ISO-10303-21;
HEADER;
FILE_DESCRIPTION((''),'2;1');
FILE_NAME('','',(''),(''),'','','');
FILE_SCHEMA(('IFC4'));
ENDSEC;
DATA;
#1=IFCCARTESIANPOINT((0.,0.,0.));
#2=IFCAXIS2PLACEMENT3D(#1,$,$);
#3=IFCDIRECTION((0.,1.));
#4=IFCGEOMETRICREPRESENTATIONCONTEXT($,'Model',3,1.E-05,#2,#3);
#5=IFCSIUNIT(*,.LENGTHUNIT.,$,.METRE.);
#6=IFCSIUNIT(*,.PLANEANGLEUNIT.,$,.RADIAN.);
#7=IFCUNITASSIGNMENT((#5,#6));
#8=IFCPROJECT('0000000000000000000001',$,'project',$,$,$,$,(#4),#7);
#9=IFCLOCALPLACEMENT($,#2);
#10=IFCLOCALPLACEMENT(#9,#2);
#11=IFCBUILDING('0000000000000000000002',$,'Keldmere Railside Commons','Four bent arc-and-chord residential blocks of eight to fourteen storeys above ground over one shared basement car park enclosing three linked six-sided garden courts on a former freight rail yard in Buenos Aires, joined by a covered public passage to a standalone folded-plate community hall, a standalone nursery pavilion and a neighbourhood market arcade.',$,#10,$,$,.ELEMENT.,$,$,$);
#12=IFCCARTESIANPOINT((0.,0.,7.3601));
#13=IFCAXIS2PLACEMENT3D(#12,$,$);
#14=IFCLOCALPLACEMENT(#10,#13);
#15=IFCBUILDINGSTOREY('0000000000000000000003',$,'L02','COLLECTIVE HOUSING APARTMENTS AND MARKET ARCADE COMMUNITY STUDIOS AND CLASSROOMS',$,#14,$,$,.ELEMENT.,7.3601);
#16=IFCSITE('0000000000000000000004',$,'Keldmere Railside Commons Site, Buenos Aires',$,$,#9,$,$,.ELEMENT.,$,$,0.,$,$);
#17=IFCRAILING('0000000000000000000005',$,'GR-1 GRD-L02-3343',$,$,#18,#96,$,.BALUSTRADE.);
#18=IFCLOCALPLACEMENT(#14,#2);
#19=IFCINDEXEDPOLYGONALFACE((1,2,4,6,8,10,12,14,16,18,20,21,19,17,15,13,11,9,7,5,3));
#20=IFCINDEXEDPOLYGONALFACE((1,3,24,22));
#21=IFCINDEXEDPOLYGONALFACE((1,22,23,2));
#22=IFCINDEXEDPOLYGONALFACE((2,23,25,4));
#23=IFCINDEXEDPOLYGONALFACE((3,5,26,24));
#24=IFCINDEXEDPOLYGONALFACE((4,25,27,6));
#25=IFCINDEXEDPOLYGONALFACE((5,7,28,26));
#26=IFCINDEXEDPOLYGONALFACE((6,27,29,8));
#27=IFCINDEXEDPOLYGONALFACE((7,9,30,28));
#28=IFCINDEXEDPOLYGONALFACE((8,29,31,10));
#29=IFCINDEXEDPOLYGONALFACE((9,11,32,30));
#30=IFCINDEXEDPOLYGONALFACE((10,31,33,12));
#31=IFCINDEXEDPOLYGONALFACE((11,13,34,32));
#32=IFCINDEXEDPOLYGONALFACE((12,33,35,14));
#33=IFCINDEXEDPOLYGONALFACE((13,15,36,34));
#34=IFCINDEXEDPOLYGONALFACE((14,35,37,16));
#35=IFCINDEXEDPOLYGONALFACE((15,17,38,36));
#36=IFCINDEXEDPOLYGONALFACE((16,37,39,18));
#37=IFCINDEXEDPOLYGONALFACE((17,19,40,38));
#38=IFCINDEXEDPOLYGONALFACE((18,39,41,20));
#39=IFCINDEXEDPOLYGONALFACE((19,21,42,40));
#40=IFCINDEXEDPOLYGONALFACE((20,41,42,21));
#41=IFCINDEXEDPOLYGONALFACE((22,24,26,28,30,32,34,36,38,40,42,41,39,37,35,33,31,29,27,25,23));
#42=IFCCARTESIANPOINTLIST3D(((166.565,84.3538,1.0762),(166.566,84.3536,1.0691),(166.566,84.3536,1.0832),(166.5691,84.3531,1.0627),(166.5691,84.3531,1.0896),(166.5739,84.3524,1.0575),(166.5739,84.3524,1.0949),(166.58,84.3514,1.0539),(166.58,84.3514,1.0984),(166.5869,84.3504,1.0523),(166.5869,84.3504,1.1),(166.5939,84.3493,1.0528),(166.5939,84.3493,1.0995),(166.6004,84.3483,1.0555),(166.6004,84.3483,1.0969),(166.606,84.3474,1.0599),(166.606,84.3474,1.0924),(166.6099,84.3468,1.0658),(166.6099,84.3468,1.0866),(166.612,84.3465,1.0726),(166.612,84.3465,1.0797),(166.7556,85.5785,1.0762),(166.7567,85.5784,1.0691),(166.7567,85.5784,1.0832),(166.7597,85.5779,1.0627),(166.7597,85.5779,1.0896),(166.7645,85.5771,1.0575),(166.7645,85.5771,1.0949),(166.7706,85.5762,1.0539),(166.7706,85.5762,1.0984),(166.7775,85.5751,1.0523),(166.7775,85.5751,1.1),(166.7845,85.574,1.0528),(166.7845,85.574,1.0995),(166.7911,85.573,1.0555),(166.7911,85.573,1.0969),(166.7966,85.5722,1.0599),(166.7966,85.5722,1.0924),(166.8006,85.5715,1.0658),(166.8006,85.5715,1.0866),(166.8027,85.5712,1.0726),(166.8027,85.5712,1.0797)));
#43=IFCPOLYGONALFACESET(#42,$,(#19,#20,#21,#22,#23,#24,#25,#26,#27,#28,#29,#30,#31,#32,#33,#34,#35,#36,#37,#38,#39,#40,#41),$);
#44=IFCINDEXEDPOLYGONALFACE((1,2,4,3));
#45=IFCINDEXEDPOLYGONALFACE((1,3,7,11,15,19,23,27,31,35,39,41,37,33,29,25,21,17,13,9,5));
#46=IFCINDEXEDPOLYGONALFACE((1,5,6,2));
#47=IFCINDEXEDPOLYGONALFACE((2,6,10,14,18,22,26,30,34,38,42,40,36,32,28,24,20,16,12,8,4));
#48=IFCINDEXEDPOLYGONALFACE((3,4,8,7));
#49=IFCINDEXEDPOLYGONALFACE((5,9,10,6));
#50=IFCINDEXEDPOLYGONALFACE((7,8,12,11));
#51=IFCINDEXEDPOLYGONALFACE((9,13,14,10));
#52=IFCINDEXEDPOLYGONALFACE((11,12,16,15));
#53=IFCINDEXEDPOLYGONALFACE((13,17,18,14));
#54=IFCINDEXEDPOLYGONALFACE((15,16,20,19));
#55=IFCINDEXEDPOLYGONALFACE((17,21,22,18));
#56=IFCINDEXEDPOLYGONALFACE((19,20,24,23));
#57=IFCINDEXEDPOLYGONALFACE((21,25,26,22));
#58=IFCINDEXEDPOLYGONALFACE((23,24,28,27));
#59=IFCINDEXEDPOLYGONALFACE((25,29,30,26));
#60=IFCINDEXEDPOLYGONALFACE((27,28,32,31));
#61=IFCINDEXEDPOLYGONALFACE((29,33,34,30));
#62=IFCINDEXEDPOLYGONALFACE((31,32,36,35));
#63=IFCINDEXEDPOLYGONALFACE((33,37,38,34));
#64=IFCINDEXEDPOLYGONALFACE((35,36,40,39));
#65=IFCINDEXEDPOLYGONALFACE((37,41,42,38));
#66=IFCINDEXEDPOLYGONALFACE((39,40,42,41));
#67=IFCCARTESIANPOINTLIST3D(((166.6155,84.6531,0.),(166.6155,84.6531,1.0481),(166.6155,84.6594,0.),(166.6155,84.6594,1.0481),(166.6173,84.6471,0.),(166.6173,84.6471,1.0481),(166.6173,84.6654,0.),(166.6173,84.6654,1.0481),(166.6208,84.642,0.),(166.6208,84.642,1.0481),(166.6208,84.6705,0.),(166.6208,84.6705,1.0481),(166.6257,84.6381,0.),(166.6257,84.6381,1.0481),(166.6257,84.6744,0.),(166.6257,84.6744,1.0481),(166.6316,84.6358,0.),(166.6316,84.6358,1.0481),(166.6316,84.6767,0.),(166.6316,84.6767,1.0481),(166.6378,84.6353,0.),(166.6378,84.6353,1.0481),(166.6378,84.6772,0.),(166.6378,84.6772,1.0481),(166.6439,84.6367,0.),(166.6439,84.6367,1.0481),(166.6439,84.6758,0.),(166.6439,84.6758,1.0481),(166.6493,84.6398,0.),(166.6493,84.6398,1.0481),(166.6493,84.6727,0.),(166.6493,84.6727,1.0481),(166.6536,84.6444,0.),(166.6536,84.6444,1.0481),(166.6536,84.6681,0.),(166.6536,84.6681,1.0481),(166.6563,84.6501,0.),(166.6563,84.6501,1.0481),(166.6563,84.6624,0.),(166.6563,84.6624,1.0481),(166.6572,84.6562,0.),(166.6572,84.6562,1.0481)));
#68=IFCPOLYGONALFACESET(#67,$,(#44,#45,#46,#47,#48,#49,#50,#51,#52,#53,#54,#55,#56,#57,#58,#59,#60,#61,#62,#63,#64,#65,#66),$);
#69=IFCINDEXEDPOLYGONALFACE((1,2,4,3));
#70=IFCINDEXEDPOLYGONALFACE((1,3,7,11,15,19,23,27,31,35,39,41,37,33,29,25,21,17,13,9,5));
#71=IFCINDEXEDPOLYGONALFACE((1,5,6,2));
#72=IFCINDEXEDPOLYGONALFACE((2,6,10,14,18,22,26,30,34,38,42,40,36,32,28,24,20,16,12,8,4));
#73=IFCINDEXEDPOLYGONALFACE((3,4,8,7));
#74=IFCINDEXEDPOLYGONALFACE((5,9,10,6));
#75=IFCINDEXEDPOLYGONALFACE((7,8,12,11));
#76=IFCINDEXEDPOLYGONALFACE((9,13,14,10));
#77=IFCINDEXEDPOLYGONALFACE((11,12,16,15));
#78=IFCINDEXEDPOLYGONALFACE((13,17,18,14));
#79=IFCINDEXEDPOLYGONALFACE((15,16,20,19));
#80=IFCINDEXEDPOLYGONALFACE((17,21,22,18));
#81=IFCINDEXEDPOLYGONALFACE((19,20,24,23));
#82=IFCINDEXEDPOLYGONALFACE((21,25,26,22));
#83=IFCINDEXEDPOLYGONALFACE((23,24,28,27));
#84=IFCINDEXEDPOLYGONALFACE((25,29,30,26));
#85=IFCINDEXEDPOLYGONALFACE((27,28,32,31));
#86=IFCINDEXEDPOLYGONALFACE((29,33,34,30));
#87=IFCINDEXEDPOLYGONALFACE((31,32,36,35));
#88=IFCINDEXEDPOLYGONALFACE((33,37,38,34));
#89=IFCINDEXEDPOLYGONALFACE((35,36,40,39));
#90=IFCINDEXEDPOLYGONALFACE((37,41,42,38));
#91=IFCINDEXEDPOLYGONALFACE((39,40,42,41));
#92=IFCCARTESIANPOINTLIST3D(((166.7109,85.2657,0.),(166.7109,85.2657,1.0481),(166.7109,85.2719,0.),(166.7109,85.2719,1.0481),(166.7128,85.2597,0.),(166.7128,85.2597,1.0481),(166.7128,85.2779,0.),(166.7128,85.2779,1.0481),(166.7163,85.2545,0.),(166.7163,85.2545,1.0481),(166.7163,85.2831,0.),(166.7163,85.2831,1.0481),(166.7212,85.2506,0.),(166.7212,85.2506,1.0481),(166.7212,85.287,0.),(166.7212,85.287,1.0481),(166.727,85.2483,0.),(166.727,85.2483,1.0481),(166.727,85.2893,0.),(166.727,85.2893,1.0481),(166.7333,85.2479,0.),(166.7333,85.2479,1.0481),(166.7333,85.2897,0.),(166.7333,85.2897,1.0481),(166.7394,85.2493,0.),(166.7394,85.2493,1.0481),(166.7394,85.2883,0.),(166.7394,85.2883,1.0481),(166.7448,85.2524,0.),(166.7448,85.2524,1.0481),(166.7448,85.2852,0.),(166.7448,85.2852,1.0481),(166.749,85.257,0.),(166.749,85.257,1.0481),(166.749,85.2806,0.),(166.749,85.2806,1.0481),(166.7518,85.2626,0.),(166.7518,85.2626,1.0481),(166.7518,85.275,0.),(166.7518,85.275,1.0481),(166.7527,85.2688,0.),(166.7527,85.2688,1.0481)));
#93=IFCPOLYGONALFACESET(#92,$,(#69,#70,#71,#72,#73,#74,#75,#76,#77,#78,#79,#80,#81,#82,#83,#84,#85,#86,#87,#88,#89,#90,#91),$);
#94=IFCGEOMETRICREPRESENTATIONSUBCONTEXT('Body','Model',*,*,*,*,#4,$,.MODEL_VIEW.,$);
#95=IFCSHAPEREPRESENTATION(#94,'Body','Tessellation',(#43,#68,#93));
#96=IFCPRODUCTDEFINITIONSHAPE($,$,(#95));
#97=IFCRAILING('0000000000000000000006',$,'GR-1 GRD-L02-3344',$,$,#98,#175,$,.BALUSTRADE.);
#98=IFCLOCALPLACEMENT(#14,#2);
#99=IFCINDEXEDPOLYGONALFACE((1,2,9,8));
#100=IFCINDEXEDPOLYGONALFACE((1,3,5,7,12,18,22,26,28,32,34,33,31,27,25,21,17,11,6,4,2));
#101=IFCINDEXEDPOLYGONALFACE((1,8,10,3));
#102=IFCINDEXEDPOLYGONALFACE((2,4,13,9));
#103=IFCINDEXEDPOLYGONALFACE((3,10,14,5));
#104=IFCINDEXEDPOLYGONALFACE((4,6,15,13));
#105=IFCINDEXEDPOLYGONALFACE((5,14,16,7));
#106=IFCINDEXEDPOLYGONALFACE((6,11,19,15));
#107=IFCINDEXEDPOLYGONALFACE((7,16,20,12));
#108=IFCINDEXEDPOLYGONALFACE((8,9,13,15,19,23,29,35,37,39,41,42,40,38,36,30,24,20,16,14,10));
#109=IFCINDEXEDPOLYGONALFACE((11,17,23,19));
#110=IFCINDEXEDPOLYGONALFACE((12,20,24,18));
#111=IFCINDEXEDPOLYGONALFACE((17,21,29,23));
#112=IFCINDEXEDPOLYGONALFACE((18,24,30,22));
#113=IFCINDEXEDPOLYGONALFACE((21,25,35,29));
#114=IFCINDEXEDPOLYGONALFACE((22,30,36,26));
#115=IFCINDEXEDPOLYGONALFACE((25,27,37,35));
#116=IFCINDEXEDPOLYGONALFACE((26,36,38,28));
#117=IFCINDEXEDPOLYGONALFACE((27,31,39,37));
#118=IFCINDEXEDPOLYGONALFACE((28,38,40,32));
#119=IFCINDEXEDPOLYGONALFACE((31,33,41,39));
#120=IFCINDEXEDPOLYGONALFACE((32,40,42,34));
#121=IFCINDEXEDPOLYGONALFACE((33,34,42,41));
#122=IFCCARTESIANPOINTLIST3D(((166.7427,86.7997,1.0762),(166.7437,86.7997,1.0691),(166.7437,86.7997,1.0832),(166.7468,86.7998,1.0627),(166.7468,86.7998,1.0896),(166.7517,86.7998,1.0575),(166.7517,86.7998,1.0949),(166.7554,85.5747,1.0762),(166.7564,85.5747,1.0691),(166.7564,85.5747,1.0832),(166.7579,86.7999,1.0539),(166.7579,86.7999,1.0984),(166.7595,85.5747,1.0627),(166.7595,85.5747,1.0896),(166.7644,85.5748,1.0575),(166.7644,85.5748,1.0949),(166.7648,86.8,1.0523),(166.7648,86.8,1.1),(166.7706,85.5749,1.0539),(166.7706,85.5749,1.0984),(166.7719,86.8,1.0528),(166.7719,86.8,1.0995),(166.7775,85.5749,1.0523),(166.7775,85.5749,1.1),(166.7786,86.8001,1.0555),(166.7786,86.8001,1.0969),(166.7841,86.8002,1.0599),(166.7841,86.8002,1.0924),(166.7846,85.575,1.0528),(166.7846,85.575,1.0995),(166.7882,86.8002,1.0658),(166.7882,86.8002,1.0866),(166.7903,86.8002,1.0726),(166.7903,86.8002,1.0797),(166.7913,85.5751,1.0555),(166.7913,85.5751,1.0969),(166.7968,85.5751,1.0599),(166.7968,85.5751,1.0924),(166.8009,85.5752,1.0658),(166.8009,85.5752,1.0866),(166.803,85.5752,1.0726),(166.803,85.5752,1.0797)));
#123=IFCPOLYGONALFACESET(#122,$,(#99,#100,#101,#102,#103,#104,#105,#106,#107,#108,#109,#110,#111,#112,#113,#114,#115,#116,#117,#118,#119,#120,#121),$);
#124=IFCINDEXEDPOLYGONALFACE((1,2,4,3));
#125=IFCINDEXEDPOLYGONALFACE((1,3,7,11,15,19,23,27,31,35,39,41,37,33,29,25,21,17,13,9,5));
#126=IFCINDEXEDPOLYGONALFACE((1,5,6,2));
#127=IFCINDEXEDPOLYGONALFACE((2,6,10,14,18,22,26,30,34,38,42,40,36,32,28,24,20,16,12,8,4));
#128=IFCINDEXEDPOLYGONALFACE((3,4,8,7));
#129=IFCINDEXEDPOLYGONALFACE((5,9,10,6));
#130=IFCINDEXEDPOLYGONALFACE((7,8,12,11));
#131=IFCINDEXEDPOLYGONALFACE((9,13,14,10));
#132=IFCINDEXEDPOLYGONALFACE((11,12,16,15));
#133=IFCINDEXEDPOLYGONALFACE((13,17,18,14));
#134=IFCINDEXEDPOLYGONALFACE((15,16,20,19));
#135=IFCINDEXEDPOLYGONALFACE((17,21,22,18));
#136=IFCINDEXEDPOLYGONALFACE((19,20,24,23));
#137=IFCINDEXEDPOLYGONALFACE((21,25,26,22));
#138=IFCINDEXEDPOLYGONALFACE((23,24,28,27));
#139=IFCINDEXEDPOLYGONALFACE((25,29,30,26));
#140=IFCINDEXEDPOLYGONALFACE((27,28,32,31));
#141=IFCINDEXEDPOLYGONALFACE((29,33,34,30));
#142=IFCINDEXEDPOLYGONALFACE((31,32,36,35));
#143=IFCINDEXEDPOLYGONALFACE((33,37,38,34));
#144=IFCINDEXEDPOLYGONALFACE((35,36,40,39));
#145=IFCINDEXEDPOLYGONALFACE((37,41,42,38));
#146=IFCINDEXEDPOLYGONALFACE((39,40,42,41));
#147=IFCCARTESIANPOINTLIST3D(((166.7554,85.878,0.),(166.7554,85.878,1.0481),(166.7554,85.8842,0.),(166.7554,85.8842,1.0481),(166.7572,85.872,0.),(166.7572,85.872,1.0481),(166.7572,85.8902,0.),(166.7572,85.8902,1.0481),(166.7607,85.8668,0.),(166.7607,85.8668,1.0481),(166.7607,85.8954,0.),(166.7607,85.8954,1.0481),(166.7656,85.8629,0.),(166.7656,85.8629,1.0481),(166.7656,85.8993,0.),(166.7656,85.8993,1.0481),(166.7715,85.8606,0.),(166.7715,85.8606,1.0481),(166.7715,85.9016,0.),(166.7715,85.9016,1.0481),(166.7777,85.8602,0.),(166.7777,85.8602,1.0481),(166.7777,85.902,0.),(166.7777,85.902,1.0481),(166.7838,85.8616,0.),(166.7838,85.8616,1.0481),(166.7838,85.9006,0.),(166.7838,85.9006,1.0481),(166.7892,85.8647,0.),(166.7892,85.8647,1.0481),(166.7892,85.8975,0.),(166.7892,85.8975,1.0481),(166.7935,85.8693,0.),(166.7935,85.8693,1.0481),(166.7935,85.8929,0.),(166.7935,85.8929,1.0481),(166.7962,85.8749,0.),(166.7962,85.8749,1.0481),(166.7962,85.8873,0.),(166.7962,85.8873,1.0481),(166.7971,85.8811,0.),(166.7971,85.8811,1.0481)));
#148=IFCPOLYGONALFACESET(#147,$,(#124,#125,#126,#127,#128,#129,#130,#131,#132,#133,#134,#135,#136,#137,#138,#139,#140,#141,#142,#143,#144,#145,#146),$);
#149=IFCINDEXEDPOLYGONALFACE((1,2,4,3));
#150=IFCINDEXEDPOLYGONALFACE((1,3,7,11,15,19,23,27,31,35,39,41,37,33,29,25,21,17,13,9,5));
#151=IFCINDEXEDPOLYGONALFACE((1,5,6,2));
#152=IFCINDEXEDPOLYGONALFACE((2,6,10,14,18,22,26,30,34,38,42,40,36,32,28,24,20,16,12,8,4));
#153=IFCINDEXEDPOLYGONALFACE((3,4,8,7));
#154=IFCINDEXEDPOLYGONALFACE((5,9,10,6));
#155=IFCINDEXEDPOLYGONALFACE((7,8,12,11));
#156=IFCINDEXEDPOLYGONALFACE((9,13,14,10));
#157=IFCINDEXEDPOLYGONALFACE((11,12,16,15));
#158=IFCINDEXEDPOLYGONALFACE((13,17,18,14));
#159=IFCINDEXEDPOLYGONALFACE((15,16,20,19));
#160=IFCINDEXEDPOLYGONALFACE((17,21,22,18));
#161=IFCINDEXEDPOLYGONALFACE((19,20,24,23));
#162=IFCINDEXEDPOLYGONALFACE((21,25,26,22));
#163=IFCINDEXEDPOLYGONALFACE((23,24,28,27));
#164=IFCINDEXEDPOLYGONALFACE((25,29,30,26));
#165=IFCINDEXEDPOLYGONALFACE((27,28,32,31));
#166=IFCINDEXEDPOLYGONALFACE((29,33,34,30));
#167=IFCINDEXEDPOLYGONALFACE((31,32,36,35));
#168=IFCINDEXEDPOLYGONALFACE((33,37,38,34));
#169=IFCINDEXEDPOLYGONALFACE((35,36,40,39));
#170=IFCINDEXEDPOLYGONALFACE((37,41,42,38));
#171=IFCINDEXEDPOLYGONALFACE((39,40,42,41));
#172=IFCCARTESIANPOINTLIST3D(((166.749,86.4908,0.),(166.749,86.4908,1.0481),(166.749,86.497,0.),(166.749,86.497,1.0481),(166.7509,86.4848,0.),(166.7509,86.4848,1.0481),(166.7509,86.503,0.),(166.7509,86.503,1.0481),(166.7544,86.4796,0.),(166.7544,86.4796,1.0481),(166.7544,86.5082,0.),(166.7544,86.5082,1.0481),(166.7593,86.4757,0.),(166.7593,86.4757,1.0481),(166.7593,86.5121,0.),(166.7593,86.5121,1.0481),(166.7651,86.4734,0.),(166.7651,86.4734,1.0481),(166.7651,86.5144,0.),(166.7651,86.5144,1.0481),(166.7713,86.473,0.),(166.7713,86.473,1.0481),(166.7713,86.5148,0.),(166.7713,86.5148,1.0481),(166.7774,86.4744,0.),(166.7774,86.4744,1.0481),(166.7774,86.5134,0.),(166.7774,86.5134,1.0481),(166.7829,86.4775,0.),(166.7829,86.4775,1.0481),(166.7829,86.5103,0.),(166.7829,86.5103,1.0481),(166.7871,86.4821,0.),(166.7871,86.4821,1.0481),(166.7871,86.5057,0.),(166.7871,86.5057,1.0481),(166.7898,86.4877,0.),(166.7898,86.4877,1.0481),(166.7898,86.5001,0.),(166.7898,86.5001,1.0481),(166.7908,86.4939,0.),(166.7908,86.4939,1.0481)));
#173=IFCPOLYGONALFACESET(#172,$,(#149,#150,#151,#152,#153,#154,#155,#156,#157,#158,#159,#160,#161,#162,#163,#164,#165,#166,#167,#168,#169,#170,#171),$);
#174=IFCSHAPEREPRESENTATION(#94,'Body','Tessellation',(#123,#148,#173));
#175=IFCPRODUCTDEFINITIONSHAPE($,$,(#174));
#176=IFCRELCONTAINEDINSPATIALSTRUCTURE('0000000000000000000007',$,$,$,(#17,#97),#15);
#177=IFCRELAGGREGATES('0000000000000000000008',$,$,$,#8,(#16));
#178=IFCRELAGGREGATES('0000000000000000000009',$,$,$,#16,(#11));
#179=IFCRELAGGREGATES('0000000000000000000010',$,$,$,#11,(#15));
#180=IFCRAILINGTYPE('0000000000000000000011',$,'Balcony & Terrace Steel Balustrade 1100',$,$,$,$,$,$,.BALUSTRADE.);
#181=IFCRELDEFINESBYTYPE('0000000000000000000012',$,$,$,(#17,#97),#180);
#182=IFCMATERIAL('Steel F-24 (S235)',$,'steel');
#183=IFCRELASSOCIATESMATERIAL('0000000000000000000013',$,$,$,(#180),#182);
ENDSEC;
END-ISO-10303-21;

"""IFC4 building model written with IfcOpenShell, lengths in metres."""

from ifc_helpers import new_model, si_unit, direction, frame, origin, origin_2d, place, context, subcontext, project, spatial, circle, extrude, material, type_object, element, save


model = new_model("IFC4")

# Units and contexts
model_context = context("Model", 3, precision=1e-05, world=origin(), true_north=direction((0.0, 1.0)))
body_context = subcontext(model_context, "Body", "Model", "MODEL_VIEW")
ifc_project = project(units=[si_unit("LENGTHUNIT", "METRE"), si_unit("PLANEANGLEUNIT", "RADIAN")], contexts=[model_context])

# Site, building, storey
site_placement = place(None, origin())
site = spatial("IfcSite", under=ifc_project, at=site_placement, Name="Keldmere Railside Commons Site, Buenos Aires", CompositionType="ELEMENT", RefElevation=0.0)
building_placement = place(site_placement, origin())
building = spatial("IfcBuilding", under=site, at=building_placement, Name="Keldmere Railside Commons", Description="Four bent arc-and-chord residential blocks of eight to fourteen storeys above ground over one shared basement car park enclosing three linked six-sided garden courts on a former freight rail yard in Buenos Aires, joined by a covered public passage to a standalone folded-plate community hall, a standalone nursery pavilion and a neighbourhood market arcade.", CompositionType="ELEMENT")
storey_placement = place(building_placement, frame((0.0, 0.0, 7.3601)))
storey = spatial("IfcBuildingStorey", under=building, at=storey_placement, Name="L02", Description="COLLECTIVE HOUSING APARTMENTS AND MARKET ARCADE COMMUNITY STUDIOS AND CLASSROOMS", CompositionType="ELEMENT", Elevation=7.3601)

# Railings
ifc_material_1 = material(Name="Steel F-24 (S235)", Category="steel")
railing_type = type_object("IfcRailingType", Name="Balcony & Terrace Steel Balustrade 1100", PredefinedType="BALUSTRADE", material=ifc_material_1)
railing_1_placement = place(storey_placement, frame((166.5886, 84.3501, 0.0)))
element("IfcRailing", 1, at=railing_1_placement, inside=storey, type_object=railing_type, Name="GR-1 GRD-L02-3343", PredefinedType="BALUSTRADE", context=body_context, shape_type="SweptSolid", body=[
    extrude(circle(Radius=0.0239, at=origin_2d()), frame((0.0, 0.0, 1.0762), z_axis=(0.153818, 0.988099, 0.0), x_axis=(-0.988099, 0.153818, 0.0)), (0.0, 0.0, 1.0), 1.2395),
    extrude(circle(Radius=0.021, at=origin_2d()), frame((0.0476, 0.3062, 0.0)), (0.0, 0.0, 1.0), 1.0481),
    extrude(circle(Radius=0.021, at=origin_2d()), frame((0.1431, 0.9187, 0.0)), (0.0, 0.0, 1.0), 1.0481),
])
railing_2_placement = place(storey_placement, frame((166.7793, 85.575, 0.0)))
element("IfcRailing", 2, at=railing_2_placement, inside=storey, type_object=railing_type, Name="GR-1 GRD-L02-3344", PredefinedType="BALUSTRADE", context=body_context, shape_type="SweptSolid", body=[
    extrude(circle(Radius=0.0239, at=origin_2d()), frame((0.0, 0.0, 1.0762), z_axis=(-0.010362, 0.999946, 0.0), x_axis=(-0.999946, -0.010362, 0.0)), (0.0, 0.0, 1.0), 1.2251),
    extrude(circle(Radius=0.021, at=origin_2d()), frame((-0.0032, 0.3062, 0.0)), (0.0, 0.0, 1.0), 1.0481),
    extrude(circle(Radius=0.021, at=origin_2d()), frame((-0.0095, 0.9189, 0.0)), (0.0, 0.0, 1.0), 1.0481),
])

save(model, "model.ifc")
